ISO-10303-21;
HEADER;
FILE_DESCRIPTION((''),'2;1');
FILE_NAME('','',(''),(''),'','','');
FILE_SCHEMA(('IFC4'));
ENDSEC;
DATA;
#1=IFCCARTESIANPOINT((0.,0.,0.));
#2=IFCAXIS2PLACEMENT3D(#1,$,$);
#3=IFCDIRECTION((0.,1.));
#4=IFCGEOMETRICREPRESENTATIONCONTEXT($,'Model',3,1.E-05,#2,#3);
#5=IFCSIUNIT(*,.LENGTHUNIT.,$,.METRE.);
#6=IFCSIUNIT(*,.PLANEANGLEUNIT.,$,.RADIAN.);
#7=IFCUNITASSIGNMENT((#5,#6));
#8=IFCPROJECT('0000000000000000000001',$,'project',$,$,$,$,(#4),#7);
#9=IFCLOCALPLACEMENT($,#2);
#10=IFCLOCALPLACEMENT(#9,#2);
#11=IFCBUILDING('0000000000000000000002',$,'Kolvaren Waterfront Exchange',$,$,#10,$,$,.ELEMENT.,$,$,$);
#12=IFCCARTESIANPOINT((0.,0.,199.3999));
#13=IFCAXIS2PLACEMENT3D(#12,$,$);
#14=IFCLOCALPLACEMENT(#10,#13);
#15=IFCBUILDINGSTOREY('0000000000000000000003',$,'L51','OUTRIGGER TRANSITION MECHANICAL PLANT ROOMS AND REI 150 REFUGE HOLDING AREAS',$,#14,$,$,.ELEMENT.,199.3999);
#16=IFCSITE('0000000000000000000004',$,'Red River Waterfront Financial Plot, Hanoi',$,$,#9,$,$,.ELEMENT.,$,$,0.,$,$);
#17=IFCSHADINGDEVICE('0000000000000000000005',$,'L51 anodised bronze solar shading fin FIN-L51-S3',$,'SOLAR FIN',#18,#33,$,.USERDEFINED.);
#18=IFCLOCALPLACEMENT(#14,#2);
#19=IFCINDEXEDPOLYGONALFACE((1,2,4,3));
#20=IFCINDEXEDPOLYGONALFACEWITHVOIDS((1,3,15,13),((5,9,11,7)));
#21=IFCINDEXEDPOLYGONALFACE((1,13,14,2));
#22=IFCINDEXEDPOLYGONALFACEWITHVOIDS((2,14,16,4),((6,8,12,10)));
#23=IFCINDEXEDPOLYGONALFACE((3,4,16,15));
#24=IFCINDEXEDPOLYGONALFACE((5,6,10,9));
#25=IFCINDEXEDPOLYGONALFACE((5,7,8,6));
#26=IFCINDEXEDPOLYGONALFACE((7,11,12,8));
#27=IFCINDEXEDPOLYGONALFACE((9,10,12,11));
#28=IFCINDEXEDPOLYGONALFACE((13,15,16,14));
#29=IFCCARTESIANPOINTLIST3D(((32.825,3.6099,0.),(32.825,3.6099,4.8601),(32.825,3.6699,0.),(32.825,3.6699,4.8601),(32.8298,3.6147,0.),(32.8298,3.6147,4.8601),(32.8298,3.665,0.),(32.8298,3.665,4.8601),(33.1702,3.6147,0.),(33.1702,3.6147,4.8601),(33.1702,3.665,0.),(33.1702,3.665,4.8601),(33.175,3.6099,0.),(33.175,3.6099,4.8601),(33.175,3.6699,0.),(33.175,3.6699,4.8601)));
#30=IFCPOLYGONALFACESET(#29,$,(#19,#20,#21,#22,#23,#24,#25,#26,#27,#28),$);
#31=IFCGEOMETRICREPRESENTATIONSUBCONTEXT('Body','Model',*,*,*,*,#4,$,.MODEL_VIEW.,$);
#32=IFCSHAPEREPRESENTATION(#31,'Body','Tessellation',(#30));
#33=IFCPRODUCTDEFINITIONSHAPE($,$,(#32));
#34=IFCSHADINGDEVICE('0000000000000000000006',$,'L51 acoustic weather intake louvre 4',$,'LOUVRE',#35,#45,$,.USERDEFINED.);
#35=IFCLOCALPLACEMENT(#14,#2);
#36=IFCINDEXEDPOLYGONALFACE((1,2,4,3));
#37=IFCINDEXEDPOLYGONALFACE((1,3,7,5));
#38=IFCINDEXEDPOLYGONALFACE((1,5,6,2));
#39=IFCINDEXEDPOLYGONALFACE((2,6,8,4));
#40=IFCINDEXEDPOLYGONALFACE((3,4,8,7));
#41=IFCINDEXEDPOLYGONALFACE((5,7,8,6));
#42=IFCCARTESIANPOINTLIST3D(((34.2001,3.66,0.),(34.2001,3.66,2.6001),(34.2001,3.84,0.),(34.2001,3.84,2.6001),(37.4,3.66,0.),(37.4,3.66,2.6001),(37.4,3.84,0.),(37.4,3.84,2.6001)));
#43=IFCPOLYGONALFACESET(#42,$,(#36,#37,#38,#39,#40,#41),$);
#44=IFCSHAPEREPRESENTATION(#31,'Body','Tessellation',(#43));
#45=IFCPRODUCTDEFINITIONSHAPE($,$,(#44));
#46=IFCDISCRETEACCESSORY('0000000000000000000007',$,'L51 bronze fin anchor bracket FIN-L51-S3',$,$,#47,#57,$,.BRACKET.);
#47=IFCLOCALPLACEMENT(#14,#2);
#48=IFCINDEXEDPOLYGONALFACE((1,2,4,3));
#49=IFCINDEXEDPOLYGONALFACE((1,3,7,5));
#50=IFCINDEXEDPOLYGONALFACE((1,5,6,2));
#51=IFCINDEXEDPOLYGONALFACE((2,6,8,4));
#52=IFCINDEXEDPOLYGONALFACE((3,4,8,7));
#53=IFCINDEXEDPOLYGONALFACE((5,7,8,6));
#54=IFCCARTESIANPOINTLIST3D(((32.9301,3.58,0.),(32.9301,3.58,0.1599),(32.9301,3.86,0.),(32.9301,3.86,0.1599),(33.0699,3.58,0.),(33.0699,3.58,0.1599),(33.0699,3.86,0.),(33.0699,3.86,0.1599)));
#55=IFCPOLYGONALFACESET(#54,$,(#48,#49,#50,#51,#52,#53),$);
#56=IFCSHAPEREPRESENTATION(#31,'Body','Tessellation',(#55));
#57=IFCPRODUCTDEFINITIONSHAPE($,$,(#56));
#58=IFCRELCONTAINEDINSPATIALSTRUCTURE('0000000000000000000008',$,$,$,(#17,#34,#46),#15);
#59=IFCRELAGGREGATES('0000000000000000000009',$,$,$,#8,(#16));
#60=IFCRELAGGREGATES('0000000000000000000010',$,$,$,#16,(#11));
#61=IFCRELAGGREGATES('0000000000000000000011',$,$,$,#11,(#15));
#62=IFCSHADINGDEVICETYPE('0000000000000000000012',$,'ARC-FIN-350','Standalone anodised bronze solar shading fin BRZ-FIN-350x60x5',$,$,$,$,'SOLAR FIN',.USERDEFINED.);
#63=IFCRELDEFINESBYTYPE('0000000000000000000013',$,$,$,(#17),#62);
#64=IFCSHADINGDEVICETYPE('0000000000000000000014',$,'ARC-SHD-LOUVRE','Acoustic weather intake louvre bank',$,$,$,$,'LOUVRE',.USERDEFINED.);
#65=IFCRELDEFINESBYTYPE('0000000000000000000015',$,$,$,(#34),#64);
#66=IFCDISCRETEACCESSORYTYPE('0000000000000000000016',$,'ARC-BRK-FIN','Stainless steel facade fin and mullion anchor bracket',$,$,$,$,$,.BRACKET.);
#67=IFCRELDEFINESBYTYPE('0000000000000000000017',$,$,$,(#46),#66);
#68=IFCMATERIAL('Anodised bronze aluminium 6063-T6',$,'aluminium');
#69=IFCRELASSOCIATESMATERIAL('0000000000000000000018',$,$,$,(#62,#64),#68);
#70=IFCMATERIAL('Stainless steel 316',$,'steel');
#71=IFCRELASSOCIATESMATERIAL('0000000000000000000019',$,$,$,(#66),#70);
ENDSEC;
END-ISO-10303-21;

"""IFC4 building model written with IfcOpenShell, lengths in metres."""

from ifc_helpers import new_model, si_unit, direction, frame, origin, origin_with_axes, origin_2d, place, context, subcontext, project, spatial, rectangle, hollow_rectangle, extrude, source, transform, mapped, material, material_profile, profile_set, type_object, element, save


model = new_model("IFC4")

# Units and contexts
model_context = context("Model", 3, precision=1e-05, world=origin(), true_north=direction((0.0, 1.0)))
body_context = subcontext(model_context, "Body", "Model", "MODEL_VIEW")
ifc_project = project(units=[si_unit("LENGTHUNIT", "METRE"), si_unit("PLANEANGLEUNIT", "RADIAN")], contexts=[model_context])

# Site, building, storey
site_placement = place(None, origin())
site = spatial("IfcSite", under=ifc_project, at=site_placement, Name="Red River Waterfront Financial Plot, Hanoi", CompositionType="ELEMENT", RefElevation=0.0)
building_placement = place(site_placement, origin())
building = spatial("IfcBuilding", under=site, at=building_placement, Name="Kolvaren Waterfront Exchange", CompositionType="ELEMENT")
storey_placement = place(building_placement, frame((0.0, 0.0, 199.3999)))
storey = spatial("IfcBuildingStorey", under=building, at=storey_placement, Name="L51", Description="OUTRIGGER TRANSITION MECHANICAL PLANT ROOMS AND REI 150 REFUGE HOLDING AREAS", CompositionType="ELEMENT", Elevation=199.3999)

# Shared definitions
ifc_material_1 = material(Name="Anodised bronze aluminium 6063-T6", Category="aluminium")

# Shading devices
ifc_material_profile_1 = material_profile(ifc_material_1, hollow_rectangle(XDim=0.0601, YDim=0.3501, WallThickness=0.0049, at=origin_2d()), Name="BRZ-FIN-350x60x5")
ifc_profile_set_1 = profile_set([ifc_material_profile_1], Name="Anodised bronze aluminium 6063-T6")
shading_device_type_1 = type_object("IfcShadingDeviceType", Name="ARC-FIN-350", Description="Standalone anodised bronze solar shading fin BRZ-FIN-350x60x5", ElementType="SOLAR FIN", PredefinedType="USERDEFINED", material=ifc_profile_set_1)
shading_device_1_placement = place(storey_placement, frame((33.0, 3.6399, 0.0), z_axis=(0.0, 0.0, 1.0), x_axis=(0.0, -1.0, 0.0)))
element("IfcShadingDevice", 1, at=shading_device_1_placement, inside=storey, type_object=shading_device_type_1, Name="L51 anodised bronze solar shading fin FIN-L51-S3", ObjectType="SOLAR FIN", PredefinedType="USERDEFINED", context=body_context, shape_type="SweptSolid", body=[
    extrude(hollow_rectangle(XDim=0.0601, YDim=0.3501, WallThickness=0.0049, at=origin_2d()), origin(), (0.0, 0.0, 1.0), 4.8601),
])
shading_device_type_2 = type_object("IfcShadingDeviceType", Name="ARC-SHD-LOUVRE", Description="Acoustic weather intake louvre bank", ElementType="LOUVRE", PredefinedType="USERDEFINED", material=ifc_material_1)
shared_shape_1 = source(origin_with_axes(), body_context, "Body", "SweptSolid", [
    extrude(rectangle(XDim=3.2, YDim=0.1799, at=origin_2d()), origin(), (0.0, 0.0, 1.0), 2.6001),
])
shading_device_2_placement = place(storey_placement, frame((35.8, 3.75, 0.0), z_axis=(0.0, 0.0, 1.0), x_axis=(1.0, 0.0, 0.0)))
element("IfcShadingDevice", 2, at=shading_device_2_placement, inside=storey, type_object=shading_device_type_2, Name="L51 acoustic weather intake louvre 4", ObjectType="LOUVRE", PredefinedType="USERDEFINED", context=body_context, shape_type="MappedRepresentation", body=[
    mapped(shared_shape_1, transform((0.0, 0.0, 0.0), x_axis=(1.0, 0.0, 0.0), y_axis=(0.0, 1.0, 0.0), z_axis=(0.0, 0.0, 1.0), scale=1.0)),
])

# Discrete accessory
ifc_material_2 = material(Name="Stainless steel 316", Category="steel")
discrete_accessory_type = type_object("IfcDiscreteAccessoryType", Name="ARC-BRK-FIN", Description="Stainless steel facade fin and mullion anchor bracket", PredefinedType="BRACKET", material=ifc_material_2)
shared_shape_2 = source(origin_with_axes(), body_context, "Body", "SweptSolid", [
    extrude(rectangle(XDim=0.28, YDim=0.1399, at=origin_2d()), origin(), (0.0, 0.0, 1.0), 0.1599),
])
discrete_accessory_placement = place(storey_placement, frame((33.0, 3.72, 0.0), z_axis=(0.0, 0.0, 1.0), x_axis=(0.0, -1.0, 0.0)))
element("IfcDiscreteAccessory", 3, at=discrete_accessory_placement, inside=storey, type_object=discrete_accessory_type, Name="L51 bronze fin anchor bracket FIN-L51-S3", PredefinedType="BRACKET", context=body_context, shape_type="MappedRepresentation", body=[
    mapped(shared_shape_2, transform((0.0, 0.0, 0.0), x_axis=(1.0, 0.0, 0.0), y_axis=(0.0, 1.0, 0.0), z_axis=(0.0, 0.0, 1.0), scale=1.0)),
])

save(model, "model.ifc")
